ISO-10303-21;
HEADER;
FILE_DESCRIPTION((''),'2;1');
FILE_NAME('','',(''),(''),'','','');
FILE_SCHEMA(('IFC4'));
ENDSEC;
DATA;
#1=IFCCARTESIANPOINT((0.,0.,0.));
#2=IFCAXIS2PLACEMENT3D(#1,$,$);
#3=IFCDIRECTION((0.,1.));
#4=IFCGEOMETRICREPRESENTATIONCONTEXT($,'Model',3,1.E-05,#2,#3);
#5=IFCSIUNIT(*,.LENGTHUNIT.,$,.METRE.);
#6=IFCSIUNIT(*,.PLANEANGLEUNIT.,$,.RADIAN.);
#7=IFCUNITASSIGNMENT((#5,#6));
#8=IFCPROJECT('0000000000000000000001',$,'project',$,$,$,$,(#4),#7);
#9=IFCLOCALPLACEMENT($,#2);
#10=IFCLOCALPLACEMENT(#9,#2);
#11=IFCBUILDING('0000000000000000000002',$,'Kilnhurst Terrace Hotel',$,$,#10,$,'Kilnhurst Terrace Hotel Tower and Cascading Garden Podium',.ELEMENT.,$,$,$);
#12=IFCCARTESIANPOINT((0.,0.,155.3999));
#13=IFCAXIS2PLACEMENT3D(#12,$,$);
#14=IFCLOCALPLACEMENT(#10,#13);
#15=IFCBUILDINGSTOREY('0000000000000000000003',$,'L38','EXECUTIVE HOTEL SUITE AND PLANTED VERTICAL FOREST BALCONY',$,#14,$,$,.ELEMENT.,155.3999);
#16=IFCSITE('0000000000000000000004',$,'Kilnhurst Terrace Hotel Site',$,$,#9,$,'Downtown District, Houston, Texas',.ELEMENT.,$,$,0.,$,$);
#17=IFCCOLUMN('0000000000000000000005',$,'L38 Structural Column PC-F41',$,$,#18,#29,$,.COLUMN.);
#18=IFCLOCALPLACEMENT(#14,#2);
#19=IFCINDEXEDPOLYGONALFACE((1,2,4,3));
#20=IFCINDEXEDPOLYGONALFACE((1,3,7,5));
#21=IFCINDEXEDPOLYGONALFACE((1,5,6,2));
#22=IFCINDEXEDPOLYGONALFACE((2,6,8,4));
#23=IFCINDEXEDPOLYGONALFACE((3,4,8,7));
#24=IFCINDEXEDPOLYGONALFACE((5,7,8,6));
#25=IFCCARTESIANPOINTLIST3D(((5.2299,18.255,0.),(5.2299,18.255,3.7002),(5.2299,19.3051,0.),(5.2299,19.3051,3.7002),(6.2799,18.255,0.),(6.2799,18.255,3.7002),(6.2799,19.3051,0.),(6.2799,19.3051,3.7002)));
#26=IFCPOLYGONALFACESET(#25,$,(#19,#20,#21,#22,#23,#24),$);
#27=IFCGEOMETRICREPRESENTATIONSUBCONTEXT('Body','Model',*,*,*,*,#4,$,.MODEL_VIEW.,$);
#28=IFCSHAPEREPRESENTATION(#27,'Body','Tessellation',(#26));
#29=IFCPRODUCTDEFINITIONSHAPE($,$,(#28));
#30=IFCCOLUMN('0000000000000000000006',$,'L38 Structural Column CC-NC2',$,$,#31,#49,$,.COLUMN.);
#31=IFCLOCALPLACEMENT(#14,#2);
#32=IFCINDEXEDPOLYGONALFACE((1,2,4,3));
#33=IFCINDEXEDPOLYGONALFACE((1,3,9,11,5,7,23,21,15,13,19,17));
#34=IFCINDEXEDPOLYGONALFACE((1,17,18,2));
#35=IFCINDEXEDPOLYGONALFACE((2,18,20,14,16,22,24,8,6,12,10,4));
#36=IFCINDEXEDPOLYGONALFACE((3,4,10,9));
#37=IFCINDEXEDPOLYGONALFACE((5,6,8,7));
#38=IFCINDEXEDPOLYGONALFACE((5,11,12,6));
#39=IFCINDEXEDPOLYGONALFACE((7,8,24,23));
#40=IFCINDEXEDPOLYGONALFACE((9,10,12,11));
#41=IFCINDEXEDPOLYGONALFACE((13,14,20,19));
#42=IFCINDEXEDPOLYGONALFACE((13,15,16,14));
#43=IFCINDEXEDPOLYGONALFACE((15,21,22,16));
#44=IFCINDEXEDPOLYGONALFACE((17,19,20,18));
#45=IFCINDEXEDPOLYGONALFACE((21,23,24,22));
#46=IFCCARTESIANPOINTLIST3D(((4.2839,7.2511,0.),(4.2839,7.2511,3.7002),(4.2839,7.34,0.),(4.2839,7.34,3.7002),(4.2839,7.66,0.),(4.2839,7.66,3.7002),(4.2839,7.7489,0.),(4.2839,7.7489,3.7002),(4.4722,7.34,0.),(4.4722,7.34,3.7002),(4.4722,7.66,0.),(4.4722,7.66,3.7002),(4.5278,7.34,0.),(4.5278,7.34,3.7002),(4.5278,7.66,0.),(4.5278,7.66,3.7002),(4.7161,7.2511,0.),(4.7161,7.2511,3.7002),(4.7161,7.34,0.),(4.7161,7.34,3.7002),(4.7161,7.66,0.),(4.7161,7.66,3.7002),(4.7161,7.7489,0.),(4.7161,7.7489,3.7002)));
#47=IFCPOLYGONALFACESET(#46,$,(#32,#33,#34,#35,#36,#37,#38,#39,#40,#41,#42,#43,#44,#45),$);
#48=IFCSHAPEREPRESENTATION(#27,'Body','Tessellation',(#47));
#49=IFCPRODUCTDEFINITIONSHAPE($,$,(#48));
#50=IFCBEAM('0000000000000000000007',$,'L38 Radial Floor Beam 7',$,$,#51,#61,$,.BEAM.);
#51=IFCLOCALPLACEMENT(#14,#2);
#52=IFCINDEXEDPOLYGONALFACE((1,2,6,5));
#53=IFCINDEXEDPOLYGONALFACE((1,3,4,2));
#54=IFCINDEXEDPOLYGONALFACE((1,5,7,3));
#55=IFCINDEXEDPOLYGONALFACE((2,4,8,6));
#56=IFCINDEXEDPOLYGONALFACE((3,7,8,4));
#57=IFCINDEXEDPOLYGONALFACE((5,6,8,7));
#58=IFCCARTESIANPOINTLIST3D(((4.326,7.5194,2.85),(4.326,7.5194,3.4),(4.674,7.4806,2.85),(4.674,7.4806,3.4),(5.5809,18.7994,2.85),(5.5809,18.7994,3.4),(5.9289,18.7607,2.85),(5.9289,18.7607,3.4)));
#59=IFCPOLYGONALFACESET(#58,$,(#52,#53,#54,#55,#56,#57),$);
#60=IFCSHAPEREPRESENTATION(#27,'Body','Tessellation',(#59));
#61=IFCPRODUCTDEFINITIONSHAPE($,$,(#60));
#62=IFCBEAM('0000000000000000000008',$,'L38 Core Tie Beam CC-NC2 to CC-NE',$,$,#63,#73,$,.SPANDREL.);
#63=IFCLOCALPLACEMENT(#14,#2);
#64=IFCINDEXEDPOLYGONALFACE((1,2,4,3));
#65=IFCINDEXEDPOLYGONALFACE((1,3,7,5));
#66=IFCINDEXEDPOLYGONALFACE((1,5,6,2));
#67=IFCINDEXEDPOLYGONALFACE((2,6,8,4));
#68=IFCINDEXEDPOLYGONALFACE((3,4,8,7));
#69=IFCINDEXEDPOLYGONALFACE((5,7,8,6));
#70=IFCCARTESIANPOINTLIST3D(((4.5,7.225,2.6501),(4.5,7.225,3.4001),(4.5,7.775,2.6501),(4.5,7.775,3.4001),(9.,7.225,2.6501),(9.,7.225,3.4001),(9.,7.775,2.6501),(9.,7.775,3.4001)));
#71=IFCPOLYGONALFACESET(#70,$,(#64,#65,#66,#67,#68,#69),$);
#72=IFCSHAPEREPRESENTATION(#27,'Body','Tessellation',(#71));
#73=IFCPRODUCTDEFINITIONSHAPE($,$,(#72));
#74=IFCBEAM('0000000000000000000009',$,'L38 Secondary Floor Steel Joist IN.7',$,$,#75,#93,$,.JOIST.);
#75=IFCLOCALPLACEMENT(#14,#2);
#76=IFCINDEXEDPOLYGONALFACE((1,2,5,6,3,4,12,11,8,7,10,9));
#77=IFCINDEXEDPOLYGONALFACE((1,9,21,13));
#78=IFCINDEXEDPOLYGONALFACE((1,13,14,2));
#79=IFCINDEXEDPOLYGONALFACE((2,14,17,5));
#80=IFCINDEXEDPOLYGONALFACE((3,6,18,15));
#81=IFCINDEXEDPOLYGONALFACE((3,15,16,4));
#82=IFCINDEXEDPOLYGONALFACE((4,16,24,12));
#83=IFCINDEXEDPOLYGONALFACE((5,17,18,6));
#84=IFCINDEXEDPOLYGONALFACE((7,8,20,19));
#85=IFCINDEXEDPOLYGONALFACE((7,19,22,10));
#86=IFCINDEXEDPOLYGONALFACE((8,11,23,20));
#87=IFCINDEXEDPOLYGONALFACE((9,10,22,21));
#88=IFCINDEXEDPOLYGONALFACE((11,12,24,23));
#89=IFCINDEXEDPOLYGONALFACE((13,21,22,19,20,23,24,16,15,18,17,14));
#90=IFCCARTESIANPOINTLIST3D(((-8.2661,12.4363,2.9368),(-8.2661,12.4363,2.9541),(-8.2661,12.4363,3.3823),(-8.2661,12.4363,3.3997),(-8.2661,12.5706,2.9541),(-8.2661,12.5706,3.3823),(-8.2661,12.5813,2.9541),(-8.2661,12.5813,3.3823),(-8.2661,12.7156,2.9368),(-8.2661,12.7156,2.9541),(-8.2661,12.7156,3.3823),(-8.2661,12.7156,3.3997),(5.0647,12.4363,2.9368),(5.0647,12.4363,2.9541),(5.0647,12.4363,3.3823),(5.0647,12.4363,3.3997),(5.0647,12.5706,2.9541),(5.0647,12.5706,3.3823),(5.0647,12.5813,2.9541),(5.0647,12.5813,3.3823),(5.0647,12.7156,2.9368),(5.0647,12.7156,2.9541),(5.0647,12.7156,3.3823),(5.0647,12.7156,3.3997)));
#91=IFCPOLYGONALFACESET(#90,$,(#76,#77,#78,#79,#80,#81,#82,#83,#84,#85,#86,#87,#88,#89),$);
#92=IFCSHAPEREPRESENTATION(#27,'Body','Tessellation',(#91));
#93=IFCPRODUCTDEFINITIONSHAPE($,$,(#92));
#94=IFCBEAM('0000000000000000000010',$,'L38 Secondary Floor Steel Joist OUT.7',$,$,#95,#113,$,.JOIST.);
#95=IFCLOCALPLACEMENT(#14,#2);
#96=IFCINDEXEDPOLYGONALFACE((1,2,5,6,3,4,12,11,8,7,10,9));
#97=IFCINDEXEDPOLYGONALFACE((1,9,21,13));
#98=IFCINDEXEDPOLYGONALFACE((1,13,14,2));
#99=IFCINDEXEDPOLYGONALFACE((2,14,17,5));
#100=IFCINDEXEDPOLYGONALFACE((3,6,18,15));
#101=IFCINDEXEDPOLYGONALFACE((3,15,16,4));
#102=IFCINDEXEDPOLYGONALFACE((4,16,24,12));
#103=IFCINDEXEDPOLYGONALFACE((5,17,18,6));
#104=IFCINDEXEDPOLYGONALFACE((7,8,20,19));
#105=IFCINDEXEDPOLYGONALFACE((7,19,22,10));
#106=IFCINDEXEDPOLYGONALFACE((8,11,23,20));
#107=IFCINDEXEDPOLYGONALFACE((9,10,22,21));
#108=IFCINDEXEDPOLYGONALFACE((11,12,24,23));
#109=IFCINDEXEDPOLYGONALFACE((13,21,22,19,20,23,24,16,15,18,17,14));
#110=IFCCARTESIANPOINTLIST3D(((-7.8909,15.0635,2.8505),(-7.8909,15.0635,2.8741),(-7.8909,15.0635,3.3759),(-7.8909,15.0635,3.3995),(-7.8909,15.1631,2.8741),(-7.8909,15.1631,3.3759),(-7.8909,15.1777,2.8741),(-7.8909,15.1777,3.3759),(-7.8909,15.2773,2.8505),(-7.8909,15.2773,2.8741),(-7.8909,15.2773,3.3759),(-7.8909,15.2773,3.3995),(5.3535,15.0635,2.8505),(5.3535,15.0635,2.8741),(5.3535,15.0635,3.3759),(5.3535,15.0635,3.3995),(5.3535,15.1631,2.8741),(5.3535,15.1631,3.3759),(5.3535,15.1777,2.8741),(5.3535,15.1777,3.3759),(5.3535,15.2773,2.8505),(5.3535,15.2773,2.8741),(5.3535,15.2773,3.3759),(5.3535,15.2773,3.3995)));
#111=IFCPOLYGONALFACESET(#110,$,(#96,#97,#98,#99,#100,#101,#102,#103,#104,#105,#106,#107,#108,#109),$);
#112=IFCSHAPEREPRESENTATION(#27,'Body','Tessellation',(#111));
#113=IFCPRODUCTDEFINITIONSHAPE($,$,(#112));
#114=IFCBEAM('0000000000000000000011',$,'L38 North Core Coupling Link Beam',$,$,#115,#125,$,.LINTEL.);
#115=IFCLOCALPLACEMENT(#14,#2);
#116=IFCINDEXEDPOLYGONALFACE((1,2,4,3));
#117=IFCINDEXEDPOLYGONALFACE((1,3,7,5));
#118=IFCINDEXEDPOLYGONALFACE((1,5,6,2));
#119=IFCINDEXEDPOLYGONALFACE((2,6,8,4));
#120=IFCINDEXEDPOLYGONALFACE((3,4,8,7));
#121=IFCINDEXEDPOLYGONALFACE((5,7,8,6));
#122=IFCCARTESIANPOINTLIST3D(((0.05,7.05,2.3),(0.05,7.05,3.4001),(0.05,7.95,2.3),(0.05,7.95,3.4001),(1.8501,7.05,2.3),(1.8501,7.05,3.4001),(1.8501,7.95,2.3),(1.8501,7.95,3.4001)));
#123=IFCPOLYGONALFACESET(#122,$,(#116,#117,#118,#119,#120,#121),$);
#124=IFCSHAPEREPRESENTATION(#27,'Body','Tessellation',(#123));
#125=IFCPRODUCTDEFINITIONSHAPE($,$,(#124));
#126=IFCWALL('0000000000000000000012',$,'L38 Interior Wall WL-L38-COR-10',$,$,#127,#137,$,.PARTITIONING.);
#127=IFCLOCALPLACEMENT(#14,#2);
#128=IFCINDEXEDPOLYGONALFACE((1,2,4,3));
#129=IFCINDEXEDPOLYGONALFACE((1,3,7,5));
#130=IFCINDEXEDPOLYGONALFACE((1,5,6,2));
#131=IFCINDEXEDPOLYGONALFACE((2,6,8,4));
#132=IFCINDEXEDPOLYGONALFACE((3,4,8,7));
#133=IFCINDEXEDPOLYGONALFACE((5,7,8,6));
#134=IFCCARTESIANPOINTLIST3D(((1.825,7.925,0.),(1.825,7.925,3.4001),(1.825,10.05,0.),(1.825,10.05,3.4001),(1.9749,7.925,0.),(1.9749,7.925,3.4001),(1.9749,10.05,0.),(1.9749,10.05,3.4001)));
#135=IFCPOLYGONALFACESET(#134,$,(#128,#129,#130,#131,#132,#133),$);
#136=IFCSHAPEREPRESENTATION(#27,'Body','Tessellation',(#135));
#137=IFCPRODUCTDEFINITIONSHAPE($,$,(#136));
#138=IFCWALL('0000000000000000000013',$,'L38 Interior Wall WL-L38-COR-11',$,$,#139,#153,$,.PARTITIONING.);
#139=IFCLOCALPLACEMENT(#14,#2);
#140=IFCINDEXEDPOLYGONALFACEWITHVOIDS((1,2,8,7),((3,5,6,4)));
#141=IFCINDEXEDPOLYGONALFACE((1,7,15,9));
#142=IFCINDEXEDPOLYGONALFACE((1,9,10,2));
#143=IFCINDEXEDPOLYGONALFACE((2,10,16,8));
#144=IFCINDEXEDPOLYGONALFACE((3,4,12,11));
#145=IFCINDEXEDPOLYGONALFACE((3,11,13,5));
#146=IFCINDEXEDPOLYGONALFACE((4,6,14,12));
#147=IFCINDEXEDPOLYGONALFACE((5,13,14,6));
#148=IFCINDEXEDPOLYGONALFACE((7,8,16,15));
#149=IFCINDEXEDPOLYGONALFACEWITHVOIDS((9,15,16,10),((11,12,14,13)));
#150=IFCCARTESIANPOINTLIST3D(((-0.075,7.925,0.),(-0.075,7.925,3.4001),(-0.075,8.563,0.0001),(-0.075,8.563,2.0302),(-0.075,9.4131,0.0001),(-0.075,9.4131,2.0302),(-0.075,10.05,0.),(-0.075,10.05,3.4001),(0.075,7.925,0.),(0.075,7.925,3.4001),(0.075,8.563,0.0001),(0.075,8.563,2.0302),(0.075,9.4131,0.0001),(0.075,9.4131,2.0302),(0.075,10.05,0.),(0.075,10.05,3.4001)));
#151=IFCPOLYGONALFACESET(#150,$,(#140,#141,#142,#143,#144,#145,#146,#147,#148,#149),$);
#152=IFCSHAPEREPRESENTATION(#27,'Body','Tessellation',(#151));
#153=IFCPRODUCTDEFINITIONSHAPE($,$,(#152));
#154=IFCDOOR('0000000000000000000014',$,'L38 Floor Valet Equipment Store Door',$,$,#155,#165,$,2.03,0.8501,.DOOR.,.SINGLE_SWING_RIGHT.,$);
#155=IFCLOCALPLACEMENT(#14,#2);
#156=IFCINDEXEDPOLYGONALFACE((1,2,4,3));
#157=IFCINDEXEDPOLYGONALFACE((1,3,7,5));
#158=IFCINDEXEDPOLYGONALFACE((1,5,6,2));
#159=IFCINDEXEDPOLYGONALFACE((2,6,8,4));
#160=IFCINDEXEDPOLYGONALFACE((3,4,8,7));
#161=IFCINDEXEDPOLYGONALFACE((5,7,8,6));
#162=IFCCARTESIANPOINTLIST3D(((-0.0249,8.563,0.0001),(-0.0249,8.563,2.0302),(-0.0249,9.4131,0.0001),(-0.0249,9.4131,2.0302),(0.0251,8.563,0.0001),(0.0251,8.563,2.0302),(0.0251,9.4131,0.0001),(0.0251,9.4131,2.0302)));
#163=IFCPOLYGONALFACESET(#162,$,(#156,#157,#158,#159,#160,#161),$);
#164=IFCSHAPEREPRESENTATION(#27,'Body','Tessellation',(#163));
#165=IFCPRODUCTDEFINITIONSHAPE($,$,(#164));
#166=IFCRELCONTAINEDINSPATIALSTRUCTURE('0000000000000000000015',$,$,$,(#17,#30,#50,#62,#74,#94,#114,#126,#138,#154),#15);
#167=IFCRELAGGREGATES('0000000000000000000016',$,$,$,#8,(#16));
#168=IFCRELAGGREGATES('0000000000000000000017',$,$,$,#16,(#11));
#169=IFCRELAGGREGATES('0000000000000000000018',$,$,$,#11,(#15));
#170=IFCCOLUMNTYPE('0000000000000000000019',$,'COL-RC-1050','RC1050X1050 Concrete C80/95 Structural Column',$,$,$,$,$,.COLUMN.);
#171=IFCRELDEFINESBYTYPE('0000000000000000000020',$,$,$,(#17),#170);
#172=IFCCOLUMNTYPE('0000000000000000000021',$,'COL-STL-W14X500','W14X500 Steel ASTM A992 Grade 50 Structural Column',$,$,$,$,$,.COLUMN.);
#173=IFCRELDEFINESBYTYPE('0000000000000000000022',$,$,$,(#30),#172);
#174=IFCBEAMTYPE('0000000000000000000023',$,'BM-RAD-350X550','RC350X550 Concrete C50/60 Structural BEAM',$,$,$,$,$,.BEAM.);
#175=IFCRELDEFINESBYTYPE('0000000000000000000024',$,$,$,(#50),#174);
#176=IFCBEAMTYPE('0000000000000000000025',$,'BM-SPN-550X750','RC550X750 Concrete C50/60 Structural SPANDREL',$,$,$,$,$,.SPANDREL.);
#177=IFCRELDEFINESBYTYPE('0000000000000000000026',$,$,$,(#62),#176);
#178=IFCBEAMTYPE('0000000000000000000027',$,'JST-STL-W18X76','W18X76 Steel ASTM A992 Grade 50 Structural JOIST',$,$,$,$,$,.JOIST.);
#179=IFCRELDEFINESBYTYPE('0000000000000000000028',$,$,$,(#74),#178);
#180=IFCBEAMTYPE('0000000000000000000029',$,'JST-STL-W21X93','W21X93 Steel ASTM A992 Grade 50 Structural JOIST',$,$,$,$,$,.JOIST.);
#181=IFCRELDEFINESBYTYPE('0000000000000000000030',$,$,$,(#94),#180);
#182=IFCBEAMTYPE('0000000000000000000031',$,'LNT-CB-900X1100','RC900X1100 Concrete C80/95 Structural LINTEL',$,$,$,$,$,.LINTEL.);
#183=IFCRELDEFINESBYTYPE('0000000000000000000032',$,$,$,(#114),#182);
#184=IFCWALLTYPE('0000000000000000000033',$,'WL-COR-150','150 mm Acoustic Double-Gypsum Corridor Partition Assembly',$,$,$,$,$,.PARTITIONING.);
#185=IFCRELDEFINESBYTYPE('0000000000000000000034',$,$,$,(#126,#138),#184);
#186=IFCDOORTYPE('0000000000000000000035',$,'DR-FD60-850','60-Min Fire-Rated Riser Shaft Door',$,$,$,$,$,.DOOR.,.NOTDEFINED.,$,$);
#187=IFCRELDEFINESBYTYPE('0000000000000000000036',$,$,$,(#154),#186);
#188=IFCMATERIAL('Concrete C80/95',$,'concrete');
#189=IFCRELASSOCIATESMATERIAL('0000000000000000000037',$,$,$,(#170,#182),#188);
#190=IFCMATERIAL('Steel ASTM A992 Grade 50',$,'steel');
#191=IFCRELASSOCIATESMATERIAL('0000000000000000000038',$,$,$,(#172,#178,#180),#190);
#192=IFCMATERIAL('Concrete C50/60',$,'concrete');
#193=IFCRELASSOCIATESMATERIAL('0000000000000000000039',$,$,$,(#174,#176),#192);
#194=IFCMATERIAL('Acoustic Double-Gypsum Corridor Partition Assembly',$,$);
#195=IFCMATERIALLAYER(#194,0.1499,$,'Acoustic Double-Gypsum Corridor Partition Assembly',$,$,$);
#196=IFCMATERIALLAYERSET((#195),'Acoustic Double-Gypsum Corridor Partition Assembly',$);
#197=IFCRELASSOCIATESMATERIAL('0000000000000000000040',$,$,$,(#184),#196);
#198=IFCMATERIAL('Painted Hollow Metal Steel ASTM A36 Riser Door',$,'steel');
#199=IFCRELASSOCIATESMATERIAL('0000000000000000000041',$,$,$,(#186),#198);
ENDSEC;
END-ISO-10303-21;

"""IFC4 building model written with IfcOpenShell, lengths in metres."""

from ifc_helpers import new_model, si_unit, direction, frame, frame_2d, origin, origin_2d, place, context, subcontext, project, spatial, rectangle, i_section, extrude, material, layer, layer_set, material_profile, profile_set, type_object, element, fill, save


model = new_model("IFC4")

# Units and contexts
model_context = context("Model", 3, precision=1e-05, world=origin(), true_north=direction((0.0, 1.0)))
body_context = subcontext(model_context, "Body", "Model", "MODEL_VIEW")
ifc_project = project(units=[si_unit("LENGTHUNIT", "METRE"), si_unit("PLANEANGLEUNIT", "RADIAN")], contexts=[model_context])

# Site, building, storey
site_placement = place(None, origin())
site = spatial("IfcSite", under=ifc_project, at=site_placement, Name="Kilnhurst Terrace Hotel Site", LongName="Downtown District, Houston, Texas", CompositionType="ELEMENT", RefElevation=0.0)
building_placement = place(site_placement, origin())
building = spatial("IfcBuilding", under=site, at=building_placement, Name="Kilnhurst Terrace Hotel", LongName="Kilnhurst Terrace Hotel Tower and Cascading Garden Podium", CompositionType="ELEMENT")
storey_placement = place(building_placement, frame((0.0, 0.0, 155.3999)))
storey = spatial("IfcBuildingStorey", under=building, at=storey_placement, Name="L38", Description="EXECUTIVE HOTEL SUITE AND PLANTED VERTICAL FOREST BALCONY", CompositionType="ELEMENT", Elevation=155.3999)

# Columns
ifc_material_1 = material(Name="Concrete C80/95", Category="concrete")
ifc_material_profile_1 = material_profile(ifc_material_1, rectangle(XDim=1.05, YDim=1.05, at=origin_2d()), Name="RC1050X1050")
ifc_profile_set_1 = profile_set([ifc_material_profile_1], Name="Concrete C80/95")
column_type_1 = type_object("IfcColumnType", Name="COL-RC-1050", Description="RC1050X1050 Concrete C80/95 Structural Column", PredefinedType="COLUMN", material=ifc_profile_set_1)
column_1_placement = place(storey_placement, frame((5.7549, 18.78, 0.0), z_axis=(0.0, 0.0, 1.0), x_axis=(1.0, 0.0, 0.0)))
element("IfcColumn", 1, at=column_1_placement, inside=storey, type_object=column_type_1, Name="L38 Structural Column PC-F41", PredefinedType="COLUMN", context=body_context, shape_type="SweptSolid", body=[
    extrude(rectangle(XDim=1.05, YDim=1.05, at=origin_2d()), origin(), (0.0, 0.0, 1.0), 3.7002),
])
ifc_material_2 = material(Name="Steel ASTM A992 Grade 50", Category="steel")
ifc_material_profile_2 = material_profile(ifc_material_2, i_section(OverallWidth=0.4321, OverallDepth=0.4978, WebThickness=0.0557, FlangeThickness=0.0889, at=origin_2d()), Name="W14X500")
ifc_profile_set_2 = profile_set([ifc_material_profile_2], Name="Steel ASTM A992 Grade 50")
column_type_2 = type_object("IfcColumnType", Name="COL-STL-W14X500", Description="W14X500 Steel ASTM A992 Grade 50 Structural Column", PredefinedType="COLUMN", material=ifc_profile_set_2)
column_2_placement = place(storey_placement, frame((4.5, 7.5, 0.0), z_axis=(0.0, 0.0, 1.0), x_axis=(1.0, 0.0, 0.0)))
element("IfcColumn", 2, at=column_2_placement, inside=storey, type_object=column_type_2, Name="L38 Structural Column CC-NC2", PredefinedType="COLUMN", context=body_context, shape_type="SweptSolid", body=[
    extrude(i_section(OverallWidth=0.4321, OverallDepth=0.4978, WebThickness=0.0557, FlangeThickness=0.0889, at=origin_2d()), origin(), (0.0, 0.0, 1.0), 3.7002),
])

# Beams
ifc_material_3 = material(Name="Concrete C50/60", Category="concrete")
ifc_material_profile_3 = material_profile(ifc_material_3, rectangle(XDim=0.3501, YDim=0.55, at=origin_2d()), Name="RC350X550")
ifc_profile_set_3 = profile_set([ifc_material_profile_3], Name="Concrete C50/60")
beam_type_1 = type_object("IfcBeamType", Name="BM-RAD-350X550", Description="RC350X550 Concrete C50/60 Structural BEAM", PredefinedType="BEAM", material=ifc_profile_set_3)
beam_1_placement = place(storey_placement, frame((4.5, 7.5, 3.125), z_axis=(0.110566, 0.993869, 0.0), x_axis=(-0.993869, 0.110566, 0.0)))
element("IfcBeam", 3, at=beam_1_placement, inside=storey, type_object=beam_type_1, Name="L38 Radial Floor Beam 7", PredefinedType="BEAM", context=body_context, shape_type="SweptSolid", body=[
    extrude(rectangle(XDim=0.3501, YDim=0.55, at=origin_2d()), origin(), (0.0, 0.0, 1.0), 11.3496),
])
ifc_material_profile_4 = material_profile(ifc_material_3, rectangle(XDim=0.55, YDim=0.75, at=origin_2d()), Name="RC550X750")
ifc_profile_set_4 = profile_set([ifc_material_profile_4], Name="Concrete C50/60")
beam_type_2 = type_object("IfcBeamType", Name="BM-SPN-550X750", Description="RC550X750 Concrete C50/60 Structural SPANDREL", PredefinedType="SPANDREL", material=ifc_profile_set_4)
beam_2_placement = place(storey_placement, frame((4.5, 7.5, 3.0251), z_axis=(1.0, 0.0, 0.0), x_axis=(0.0, 1.0, 0.0)))
element("IfcBeam", 4, at=beam_2_placement, inside=storey, type_object=beam_type_2, Name="L38 Core Tie Beam CC-NC2 to CC-NE", PredefinedType="SPANDREL", context=body_context, shape_type="SweptSolid", body=[
    extrude(rectangle(XDim=0.55, YDim=0.75, at=origin_2d()), origin(), (0.0, 0.0, 1.0), 4.5),
])
ifc_material_profile_5 = material_profile(ifc_material_2, i_section(OverallWidth=0.2793, OverallDepth=0.4629, WebThickness=0.0107, FlangeThickness=0.0173, at=origin_2d()), Name="W18X76")
ifc_profile_set_5 = profile_set([ifc_material_profile_5], Name="Steel ASTM A992 Grade 50")
beam_type_3 = type_object("IfcBeamType", Name="JST-STL-W18X76", Description="W18X76 Steel ASTM A992 Grade 50 Structural JOIST", PredefinedType="JOIST", material=ifc_profile_set_5)
beam_3_placement = place(storey_placement, frame((5.0647, 12.5759, 3.1682), z_axis=(-1.0, 0.0, 0.0), x_axis=(0.0, -1.0, 0.0)))
element("IfcBeam", 5, at=beam_3_placement, inside=storey, type_object=beam_type_3, Name="L38 Secondary Floor Steel Joist IN.7", PredefinedType="JOIST", context=body_context, shape_type="SweptSolid", body=[
    extrude(i_section(OverallWidth=0.2793, OverallDepth=0.4629, WebThickness=0.0107, FlangeThickness=0.0173, at=origin_2d()), origin(), (0.0, 0.0, 1.0), 13.3308),
])
ifc_material_profile_6 = material_profile(ifc_material_2, i_section(OverallWidth=0.2139, OverallDepth=0.5491, WebThickness=0.0146, FlangeThickness=0.0237, at=origin_2d()), Name="W21X93")
ifc_profile_set_6 = profile_set([ifc_material_profile_6], Name="Steel ASTM A992 Grade 50")
beam_type_4 = type_object("IfcBeamType", Name="JST-STL-W21X93", Description="W21X93 Steel ASTM A992 Grade 50 Structural JOIST", PredefinedType="JOIST", material=ifc_profile_set_6)
beam_4_placement = place(storey_placement, frame((5.3535, 15.1704, 3.125), z_axis=(-1.0, 0.0, 0.0), x_axis=(0.0, -1.0, 0.0)))
element("IfcBeam", 6, at=beam_4_placement, inside=storey, type_object=beam_type_4, Name="L38 Secondary Floor Steel Joist OUT.7", PredefinedType="JOIST", context=body_context, shape_type="SweptSolid", body=[
    extrude(i_section(OverallWidth=0.2139, OverallDepth=0.5491, WebThickness=0.0146, FlangeThickness=0.0237, at=origin_2d()), origin(), (0.0, 0.0, 1.0), 13.2444),
])
ifc_material_profile_7 = material_profile(ifc_material_1, rectangle(XDim=0.8999, YDim=1.1001, at=origin_2d()), Name="RC900X1100")
ifc_profile_set_7 = profile_set([ifc_material_profile_7], Name="Concrete C80/95")
beam_type_5 = type_object("IfcBeamType", Name="LNT-CB-900X1100", Description="RC900X1100 Concrete C80/95 Structural LINTEL", PredefinedType="LINTEL", material=ifc_profile_set_7)
beam_5_placement = place(storey_placement, frame((0.05, 7.5, 2.8501), z_axis=(1.0, 0.0, 0.0), x_axis=(0.0, 1.0, 0.0)))
element("IfcBeam", 7, at=beam_5_placement, inside=storey, type_object=beam_type_5, Name="L38 North Core Coupling Link Beam", PredefinedType="LINTEL", context=body_context, shape_type="SweptSolid", body=[
    extrude(rectangle(XDim=0.8999, YDim=1.1001, at=origin_2d()), origin(), (0.0, 0.0, 1.0), 1.8),
])

# Wall
ifc_material_4 = material(Name="Acoustic Double-Gypsum Corridor Partition Assembly")
ifc_layer_1 = layer(ifc_material_4, 0.1499, Name="Acoustic Double-Gypsum Corridor Partition Assembly")
ifc_layer_set_1 = layer_set([ifc_layer_1], Name="Acoustic Double-Gypsum Corridor Partition Assembly")
wall_type_1 = type_object("IfcWallType", Name="WL-COR-150", Description="150 mm Acoustic Double-Gypsum Corridor Partition Assembly", PredefinedType="PARTITIONING", material=ifc_layer_set_1)
wall_1_placement = place(storey_placement, frame((1.8999, 10.05, 0.0), z_axis=(0.0, 0.0, 1.0), x_axis=(0.0, -1.0, 0.0)))
element("IfcWall", 8, at=wall_1_placement, inside=storey, type_object=wall_type_1, Name="L38 Interior Wall WL-L38-COR-10", PredefinedType="PARTITIONING", context=body_context, shape_type="SweptSolid", body=[
    extrude(rectangle(XDim=2.125, YDim=0.1499, at=frame_2d((1.0625, 0.0))), origin(), (0.0, 0.0, 1.0), 3.4001),
])

# Wall, opening, door
wall_2_placement = place(storey_placement, frame((0.0, 7.925, 0.0), z_axis=(0.0, 0.0, 1.0), x_axis=(0.0, 1.0, 0.0)))
wall_2 = element("IfcWall", 9, at=wall_2_placement, inside=storey, type_object=wall_type_1, Name="L38 Interior Wall WL-L38-COR-11", PredefinedType="PARTITIONING", context=body_context, shape_type="SweptSolid", body=[
    extrude(rectangle(XDim=2.125, YDim=0.1499, at=frame_2d((1.0625, 0.0))), origin(), (0.0, 0.0, 1.0), 3.4001),
])
opening_1_placement = place(wall_2_placement, frame((0.6379, 0.0, 0.0)))
opening_1 = element("IfcOpeningElement", 10, at=opening_1_placement, cuts=wall_2, PredefinedType="OPENING", context=body_context, shape_type="SweptSolid", body=[
    extrude(rectangle(XDim=0.8501, YDim=2.03, at=frame_2d((0.425, 1.0151))), frame((0.0, 0.085, 0.0), z_axis=(0.0, -1.0, 0.0), x_axis=(1.0, 0.0, 0.0)), (0.0, 0.0, 1.0), 0.1699),
])
ifc_material_5 = material(Name="Painted Hollow Metal Steel ASTM A36 Riser Door", Category="steel")
door_type_1 = type_object("IfcDoorType", Name="DR-FD60-850", Description="60-Min Fire-Rated Riser Shaft Door", OperationType="NOTDEFINED", PredefinedType="DOOR", material=ifc_material_5)
door_1_placement = place(opening_1_placement, origin())
door_1 = element("IfcDoor", 11, at=door_1_placement, inside=storey, type_object=door_type_1, Name="L38 Floor Valet Equipment Store Door", OperationType="SINGLE_SWING_RIGHT", OverallHeight=2.03, OverallWidth=0.8501, PredefinedType="DOOR", context=body_context, shape_type="SweptSolid", body=[
    extrude(rectangle(XDim=0.8501, YDim=2.03, at=frame_2d((0.425, 1.0151))), frame((0.0, 0.0249, 0.0), z_axis=(0.0, -1.0, 0.0), x_axis=(1.0, 0.0, 0.0)), (0.0, 0.0, 1.0), 0.05),
])
fill(opening_1, door_1)

save(model, "model.ifc")
